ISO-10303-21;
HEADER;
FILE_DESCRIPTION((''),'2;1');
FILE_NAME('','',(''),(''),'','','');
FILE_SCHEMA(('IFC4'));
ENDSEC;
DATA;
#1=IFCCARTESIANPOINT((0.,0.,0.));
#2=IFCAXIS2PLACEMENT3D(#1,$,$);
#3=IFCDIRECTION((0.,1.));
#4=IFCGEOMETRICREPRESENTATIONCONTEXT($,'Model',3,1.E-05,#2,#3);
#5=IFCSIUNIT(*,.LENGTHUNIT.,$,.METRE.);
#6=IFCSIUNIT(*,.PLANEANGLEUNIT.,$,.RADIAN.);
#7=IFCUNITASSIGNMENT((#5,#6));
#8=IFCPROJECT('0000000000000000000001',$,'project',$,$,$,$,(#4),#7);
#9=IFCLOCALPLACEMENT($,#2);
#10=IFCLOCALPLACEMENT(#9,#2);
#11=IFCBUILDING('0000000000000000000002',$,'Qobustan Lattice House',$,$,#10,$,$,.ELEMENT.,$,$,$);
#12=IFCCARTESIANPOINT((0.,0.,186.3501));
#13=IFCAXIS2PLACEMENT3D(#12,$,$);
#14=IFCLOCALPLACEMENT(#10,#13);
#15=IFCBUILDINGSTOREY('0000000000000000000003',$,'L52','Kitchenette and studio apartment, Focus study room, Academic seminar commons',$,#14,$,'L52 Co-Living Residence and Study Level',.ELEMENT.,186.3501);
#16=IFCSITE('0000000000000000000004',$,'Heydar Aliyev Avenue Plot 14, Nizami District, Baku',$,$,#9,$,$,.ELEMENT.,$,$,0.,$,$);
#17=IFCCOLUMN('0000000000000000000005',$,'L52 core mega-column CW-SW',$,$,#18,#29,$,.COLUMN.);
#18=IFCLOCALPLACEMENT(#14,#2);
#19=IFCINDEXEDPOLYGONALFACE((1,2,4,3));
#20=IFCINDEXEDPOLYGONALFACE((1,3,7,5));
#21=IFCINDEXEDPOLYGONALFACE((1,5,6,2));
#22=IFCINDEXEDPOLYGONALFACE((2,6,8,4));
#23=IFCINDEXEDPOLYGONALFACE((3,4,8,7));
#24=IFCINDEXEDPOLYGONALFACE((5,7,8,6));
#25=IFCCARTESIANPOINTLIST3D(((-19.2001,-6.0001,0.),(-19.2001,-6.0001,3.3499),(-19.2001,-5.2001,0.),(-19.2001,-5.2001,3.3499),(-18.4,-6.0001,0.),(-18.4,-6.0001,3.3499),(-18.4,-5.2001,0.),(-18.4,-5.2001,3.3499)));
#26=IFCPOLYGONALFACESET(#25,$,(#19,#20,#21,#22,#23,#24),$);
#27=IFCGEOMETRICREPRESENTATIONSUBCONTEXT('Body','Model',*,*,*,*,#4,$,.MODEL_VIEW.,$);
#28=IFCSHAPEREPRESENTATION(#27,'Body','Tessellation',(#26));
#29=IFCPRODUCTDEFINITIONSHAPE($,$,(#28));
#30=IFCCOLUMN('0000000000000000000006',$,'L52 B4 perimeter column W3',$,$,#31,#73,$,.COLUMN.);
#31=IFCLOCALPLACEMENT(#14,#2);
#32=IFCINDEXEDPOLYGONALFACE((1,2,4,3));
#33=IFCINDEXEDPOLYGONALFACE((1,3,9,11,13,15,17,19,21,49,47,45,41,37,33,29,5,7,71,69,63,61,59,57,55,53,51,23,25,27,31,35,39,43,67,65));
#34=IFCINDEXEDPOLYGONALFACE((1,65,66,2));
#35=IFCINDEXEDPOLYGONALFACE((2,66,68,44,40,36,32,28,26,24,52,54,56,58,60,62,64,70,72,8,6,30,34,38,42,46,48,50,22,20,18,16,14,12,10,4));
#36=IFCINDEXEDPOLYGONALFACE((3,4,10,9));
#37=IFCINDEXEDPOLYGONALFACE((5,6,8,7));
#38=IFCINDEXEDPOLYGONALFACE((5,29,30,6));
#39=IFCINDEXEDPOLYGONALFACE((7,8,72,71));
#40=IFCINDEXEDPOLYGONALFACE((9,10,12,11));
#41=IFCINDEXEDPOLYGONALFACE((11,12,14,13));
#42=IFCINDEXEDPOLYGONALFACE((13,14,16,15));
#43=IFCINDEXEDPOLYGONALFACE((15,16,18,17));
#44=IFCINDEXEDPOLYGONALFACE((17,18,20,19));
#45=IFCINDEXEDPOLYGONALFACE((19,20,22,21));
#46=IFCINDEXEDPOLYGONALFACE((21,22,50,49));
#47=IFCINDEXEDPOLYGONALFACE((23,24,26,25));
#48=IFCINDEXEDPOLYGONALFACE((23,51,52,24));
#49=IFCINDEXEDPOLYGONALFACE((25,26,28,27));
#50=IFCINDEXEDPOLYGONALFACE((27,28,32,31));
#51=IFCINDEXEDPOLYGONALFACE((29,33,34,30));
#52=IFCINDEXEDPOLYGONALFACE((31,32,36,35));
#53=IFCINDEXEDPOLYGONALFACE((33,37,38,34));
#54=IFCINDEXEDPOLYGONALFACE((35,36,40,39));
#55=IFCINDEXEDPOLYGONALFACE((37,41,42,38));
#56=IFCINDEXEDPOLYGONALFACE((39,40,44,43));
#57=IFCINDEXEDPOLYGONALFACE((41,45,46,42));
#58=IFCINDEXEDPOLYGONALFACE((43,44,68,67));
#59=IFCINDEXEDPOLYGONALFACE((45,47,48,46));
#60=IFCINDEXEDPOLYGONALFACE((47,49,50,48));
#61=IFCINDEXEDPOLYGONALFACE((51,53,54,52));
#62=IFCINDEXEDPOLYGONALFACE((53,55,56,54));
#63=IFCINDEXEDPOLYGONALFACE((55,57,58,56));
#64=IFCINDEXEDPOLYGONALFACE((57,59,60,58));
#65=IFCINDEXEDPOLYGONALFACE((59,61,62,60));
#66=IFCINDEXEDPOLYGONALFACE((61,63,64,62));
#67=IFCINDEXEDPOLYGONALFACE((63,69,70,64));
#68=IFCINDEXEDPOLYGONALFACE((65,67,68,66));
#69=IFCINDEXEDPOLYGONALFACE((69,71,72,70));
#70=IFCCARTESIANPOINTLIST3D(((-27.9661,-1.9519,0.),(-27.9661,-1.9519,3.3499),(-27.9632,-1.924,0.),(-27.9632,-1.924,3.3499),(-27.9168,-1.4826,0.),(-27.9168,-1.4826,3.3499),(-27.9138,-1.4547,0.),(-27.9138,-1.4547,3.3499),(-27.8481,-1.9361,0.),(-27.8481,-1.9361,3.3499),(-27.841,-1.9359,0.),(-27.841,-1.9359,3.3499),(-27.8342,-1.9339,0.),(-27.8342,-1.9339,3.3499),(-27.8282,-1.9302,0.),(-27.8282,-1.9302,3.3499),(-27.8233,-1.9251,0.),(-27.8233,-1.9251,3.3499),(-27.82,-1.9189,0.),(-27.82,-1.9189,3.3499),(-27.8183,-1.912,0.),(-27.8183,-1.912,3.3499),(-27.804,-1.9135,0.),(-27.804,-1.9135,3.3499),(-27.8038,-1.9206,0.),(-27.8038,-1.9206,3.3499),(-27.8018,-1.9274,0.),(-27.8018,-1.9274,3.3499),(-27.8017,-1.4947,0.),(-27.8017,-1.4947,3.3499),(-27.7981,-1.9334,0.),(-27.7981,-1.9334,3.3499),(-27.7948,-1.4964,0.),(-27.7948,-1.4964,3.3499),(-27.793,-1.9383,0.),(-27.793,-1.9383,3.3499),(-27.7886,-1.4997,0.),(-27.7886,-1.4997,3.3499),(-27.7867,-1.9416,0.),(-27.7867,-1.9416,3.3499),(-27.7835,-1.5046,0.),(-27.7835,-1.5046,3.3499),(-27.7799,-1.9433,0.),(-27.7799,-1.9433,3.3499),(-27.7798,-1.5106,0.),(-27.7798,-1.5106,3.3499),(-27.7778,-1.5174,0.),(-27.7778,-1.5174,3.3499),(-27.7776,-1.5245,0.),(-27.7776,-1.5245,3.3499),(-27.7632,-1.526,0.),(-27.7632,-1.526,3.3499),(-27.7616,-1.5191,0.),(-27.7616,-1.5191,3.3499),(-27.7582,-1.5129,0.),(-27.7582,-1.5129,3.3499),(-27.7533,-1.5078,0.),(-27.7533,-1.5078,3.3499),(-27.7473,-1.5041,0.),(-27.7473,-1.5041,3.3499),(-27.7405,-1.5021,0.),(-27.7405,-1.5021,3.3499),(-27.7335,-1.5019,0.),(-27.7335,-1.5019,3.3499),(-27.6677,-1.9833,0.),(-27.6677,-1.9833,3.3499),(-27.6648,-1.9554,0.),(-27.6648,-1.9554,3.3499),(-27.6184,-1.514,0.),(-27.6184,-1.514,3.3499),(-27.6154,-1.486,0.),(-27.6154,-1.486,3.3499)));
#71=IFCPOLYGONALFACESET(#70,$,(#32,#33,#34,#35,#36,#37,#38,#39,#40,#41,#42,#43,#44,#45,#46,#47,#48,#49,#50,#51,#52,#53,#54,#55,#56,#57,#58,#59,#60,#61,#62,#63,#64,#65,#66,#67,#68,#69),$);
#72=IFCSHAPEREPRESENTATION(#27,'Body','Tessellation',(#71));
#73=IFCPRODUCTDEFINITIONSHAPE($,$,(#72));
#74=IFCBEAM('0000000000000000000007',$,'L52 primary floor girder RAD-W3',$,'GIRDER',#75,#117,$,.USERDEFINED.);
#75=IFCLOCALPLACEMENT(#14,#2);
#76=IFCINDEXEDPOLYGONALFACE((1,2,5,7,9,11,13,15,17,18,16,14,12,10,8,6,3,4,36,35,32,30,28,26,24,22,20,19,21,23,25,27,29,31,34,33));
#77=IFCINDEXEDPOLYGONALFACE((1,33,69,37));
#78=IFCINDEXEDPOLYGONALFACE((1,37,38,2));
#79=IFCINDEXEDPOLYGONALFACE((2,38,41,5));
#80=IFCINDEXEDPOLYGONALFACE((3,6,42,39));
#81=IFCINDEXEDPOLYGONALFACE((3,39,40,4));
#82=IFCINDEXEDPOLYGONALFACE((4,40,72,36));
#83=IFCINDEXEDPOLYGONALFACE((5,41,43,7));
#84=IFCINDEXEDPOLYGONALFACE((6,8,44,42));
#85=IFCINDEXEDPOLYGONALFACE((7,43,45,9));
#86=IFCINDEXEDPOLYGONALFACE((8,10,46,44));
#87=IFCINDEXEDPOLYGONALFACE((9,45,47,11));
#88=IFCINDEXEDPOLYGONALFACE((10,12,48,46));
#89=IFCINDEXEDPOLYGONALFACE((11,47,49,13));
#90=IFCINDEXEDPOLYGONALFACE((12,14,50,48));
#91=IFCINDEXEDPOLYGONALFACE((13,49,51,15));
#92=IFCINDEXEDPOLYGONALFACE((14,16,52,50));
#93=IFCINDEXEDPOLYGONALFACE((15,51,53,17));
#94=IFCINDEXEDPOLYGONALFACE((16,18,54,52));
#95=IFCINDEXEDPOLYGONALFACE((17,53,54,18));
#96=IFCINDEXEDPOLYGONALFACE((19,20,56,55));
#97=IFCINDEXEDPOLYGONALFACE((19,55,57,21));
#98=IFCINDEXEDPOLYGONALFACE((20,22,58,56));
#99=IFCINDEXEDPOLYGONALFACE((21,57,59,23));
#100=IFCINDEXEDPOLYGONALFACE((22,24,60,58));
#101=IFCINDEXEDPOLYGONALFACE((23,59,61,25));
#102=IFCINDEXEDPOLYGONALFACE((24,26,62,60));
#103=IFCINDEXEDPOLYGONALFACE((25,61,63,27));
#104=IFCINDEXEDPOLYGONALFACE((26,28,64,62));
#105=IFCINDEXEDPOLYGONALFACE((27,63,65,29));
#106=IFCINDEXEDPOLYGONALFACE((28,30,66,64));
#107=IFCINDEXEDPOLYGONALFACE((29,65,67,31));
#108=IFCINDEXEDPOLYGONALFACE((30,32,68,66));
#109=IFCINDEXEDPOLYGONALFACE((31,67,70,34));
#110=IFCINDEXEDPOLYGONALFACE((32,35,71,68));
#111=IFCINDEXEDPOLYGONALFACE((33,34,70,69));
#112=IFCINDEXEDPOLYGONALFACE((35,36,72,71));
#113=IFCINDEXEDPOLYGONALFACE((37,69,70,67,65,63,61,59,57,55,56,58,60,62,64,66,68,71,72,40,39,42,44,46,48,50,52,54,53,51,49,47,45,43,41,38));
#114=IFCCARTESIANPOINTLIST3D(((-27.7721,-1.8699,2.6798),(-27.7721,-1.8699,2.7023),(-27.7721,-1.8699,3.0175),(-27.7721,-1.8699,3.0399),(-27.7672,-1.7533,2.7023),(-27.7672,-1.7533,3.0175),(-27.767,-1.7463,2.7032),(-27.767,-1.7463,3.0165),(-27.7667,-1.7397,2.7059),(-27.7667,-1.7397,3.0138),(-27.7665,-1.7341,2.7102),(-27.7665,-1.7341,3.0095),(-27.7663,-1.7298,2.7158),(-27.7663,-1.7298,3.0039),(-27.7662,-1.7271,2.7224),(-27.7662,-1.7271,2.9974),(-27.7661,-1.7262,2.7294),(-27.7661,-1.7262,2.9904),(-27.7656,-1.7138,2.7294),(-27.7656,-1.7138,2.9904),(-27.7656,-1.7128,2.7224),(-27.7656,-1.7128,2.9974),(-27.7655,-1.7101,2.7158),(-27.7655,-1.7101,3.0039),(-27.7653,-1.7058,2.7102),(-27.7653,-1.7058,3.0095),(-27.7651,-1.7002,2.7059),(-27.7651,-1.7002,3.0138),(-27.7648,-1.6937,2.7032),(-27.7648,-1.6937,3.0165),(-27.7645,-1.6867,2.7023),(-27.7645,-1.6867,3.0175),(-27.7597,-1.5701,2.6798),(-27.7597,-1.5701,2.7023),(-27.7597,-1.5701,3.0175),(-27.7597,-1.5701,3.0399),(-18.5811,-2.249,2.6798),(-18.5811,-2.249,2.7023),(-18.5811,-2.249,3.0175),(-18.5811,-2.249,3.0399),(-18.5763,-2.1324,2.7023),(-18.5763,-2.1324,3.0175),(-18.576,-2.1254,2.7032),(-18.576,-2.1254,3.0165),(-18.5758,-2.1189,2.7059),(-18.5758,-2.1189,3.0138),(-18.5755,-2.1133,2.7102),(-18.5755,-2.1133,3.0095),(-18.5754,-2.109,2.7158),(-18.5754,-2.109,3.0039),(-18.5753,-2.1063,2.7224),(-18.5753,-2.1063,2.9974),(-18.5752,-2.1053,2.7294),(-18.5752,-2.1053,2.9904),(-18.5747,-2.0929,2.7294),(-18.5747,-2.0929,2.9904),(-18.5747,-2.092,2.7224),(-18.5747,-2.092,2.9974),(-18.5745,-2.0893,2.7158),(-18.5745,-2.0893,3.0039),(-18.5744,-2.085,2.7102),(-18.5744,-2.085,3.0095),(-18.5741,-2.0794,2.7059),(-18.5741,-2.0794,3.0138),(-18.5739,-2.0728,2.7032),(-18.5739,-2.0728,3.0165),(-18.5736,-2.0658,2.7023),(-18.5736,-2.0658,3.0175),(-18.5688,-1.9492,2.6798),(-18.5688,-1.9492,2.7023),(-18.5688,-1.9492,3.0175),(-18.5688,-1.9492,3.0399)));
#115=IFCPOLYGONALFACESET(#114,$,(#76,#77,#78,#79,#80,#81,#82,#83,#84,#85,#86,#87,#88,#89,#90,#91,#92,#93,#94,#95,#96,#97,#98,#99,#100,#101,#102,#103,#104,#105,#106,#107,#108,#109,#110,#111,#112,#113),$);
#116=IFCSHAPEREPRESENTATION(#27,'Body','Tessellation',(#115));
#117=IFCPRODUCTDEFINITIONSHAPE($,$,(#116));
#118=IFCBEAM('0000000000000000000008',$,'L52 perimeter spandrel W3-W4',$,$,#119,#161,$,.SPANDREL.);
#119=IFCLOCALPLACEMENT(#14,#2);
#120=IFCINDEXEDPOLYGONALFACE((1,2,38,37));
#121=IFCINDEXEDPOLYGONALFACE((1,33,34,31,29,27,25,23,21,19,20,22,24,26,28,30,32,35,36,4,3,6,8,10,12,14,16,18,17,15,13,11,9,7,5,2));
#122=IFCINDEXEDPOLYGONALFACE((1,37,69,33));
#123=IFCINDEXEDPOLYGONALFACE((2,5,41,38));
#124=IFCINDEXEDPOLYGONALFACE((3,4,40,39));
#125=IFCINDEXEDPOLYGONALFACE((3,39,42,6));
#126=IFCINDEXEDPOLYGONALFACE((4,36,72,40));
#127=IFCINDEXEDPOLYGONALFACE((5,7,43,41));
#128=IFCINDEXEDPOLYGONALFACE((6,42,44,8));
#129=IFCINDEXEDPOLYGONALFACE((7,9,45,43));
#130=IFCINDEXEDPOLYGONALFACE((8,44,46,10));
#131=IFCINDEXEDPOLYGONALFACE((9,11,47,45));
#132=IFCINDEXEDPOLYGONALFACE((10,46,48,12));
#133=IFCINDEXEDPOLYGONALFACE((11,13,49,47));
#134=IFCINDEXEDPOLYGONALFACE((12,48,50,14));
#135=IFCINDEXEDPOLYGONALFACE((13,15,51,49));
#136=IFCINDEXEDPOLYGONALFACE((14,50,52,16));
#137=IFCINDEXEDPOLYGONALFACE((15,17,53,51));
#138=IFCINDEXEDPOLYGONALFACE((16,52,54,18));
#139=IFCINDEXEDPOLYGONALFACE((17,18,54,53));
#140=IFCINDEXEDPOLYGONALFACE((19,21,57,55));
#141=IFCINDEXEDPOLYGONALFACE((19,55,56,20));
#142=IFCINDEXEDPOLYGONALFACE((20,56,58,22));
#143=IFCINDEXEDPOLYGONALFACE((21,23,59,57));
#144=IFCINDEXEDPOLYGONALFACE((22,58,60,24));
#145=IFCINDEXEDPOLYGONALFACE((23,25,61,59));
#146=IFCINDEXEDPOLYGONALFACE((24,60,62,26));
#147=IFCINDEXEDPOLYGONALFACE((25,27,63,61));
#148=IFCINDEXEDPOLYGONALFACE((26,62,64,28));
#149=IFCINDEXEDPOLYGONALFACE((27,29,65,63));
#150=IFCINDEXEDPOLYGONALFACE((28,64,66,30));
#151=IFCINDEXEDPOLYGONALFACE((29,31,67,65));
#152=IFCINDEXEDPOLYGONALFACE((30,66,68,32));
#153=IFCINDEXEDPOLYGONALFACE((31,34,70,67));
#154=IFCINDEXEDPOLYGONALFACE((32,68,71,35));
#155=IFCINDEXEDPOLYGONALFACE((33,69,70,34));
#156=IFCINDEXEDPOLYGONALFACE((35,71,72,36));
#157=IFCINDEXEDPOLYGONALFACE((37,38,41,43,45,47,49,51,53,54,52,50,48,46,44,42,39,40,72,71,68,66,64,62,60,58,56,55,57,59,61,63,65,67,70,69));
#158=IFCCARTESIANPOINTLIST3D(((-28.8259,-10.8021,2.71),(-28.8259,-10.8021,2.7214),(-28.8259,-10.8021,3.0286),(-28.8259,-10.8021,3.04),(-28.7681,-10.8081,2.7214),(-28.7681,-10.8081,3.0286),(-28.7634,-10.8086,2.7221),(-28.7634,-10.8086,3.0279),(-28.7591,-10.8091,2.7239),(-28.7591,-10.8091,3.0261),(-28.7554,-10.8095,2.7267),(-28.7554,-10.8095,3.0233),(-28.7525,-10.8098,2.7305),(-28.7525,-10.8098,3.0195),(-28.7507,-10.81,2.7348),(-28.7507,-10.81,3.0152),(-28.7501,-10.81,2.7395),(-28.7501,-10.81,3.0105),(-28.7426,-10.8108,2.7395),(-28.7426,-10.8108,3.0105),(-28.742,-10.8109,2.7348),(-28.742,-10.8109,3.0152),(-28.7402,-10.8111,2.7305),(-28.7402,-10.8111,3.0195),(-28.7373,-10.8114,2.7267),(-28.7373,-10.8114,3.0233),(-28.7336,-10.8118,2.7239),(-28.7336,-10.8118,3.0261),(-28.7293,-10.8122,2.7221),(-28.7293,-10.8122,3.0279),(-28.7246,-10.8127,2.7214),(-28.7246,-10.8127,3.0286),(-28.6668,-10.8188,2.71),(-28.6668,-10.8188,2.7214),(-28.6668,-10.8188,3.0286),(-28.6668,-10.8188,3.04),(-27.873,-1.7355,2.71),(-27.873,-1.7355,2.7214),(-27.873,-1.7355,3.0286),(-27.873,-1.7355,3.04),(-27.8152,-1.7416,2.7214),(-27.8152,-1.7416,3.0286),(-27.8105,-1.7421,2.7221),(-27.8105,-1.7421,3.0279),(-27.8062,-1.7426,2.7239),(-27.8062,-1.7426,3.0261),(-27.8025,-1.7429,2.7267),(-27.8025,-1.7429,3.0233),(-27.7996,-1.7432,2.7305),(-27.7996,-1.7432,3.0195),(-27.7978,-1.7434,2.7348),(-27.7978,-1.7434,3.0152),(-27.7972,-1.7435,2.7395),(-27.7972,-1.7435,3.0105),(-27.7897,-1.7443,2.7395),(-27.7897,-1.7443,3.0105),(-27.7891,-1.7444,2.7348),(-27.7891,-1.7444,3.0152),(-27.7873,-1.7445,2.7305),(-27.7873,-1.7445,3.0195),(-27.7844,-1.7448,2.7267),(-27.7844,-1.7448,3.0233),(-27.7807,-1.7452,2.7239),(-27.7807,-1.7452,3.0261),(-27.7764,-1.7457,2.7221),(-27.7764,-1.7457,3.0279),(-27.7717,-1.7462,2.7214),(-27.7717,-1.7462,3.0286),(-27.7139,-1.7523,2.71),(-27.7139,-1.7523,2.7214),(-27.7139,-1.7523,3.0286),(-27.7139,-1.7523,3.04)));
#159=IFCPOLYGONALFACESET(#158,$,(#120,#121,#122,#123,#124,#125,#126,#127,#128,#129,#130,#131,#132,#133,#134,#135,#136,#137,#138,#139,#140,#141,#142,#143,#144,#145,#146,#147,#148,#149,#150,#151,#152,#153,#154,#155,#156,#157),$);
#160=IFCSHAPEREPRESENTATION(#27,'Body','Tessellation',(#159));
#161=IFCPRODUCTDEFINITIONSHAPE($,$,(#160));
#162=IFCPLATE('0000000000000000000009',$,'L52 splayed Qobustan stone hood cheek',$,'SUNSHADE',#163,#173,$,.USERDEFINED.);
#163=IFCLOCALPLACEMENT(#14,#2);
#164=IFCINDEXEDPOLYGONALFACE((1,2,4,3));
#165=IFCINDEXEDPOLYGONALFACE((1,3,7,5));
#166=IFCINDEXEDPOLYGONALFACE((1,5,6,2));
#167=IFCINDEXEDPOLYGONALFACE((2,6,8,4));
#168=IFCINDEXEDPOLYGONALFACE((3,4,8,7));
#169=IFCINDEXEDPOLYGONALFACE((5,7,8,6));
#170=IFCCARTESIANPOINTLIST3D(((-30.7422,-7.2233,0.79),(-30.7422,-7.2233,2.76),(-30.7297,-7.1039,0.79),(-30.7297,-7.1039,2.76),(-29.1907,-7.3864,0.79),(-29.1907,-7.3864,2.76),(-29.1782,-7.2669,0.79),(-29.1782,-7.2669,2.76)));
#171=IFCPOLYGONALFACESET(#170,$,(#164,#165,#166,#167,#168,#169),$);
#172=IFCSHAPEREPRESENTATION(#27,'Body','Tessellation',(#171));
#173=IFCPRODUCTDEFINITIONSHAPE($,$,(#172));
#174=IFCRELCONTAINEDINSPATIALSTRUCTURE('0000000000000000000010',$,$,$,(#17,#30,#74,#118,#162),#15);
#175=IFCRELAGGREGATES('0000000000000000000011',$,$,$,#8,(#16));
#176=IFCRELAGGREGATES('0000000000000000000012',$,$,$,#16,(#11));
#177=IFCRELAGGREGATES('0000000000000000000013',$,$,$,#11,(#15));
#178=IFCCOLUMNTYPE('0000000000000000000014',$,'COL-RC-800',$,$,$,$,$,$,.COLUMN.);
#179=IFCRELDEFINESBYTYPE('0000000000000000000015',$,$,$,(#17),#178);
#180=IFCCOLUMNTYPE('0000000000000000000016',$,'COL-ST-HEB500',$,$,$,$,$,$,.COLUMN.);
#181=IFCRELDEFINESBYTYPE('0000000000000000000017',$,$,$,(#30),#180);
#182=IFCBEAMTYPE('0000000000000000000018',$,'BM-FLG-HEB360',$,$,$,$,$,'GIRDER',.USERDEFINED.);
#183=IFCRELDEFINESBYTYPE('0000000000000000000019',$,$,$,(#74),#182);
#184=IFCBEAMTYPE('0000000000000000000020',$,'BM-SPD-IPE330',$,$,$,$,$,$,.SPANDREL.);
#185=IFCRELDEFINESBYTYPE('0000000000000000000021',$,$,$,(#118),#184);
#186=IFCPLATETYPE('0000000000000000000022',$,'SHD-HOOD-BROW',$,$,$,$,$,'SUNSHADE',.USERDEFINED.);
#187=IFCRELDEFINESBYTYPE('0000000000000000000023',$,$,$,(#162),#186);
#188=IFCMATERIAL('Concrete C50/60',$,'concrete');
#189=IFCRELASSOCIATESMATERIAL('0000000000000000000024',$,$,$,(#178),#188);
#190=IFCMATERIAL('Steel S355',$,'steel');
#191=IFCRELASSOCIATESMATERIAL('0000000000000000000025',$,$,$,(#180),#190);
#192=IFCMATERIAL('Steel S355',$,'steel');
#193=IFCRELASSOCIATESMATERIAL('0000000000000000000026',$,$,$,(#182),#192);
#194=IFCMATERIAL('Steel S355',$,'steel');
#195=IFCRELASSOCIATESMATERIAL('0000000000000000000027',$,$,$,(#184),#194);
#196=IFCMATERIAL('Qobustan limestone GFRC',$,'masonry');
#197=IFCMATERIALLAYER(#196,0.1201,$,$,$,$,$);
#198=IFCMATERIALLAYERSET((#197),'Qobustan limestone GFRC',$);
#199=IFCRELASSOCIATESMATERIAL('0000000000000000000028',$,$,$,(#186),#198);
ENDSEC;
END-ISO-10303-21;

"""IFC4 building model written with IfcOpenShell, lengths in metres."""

from ifc_helpers import new_model, si_unit, direction, frame, origin, origin_2d, place, context, subcontext, project, spatial, rectangle, i_section, extrude, material, layer, layer_set, material_profile, profile_set, type_object, element, save


model = new_model("IFC4")

# Units and contexts
model_context = context("Model", 3, precision=1e-05, world=origin(), true_north=direction((0.0, 1.0)))
body_context = subcontext(model_context, "Body", "Model", "MODEL_VIEW")
ifc_project = project(units=[si_unit("LENGTHUNIT", "METRE"), si_unit("PLANEANGLEUNIT", "RADIAN")], contexts=[model_context])

# Site, building, storey
site_placement = place(None, origin())
site = spatial("IfcSite", under=ifc_project, at=site_placement, Name="Heydar Aliyev Avenue Plot 14, Nizami District, Baku", CompositionType="ELEMENT", RefElevation=0.0)
building_placement = place(site_placement, origin())
building = spatial("IfcBuilding", under=site, at=building_placement, Name="Qobustan Lattice House", CompositionType="ELEMENT")
storey_placement = place(building_placement, frame((0.0, 0.0, 186.3501)))
storey = spatial("IfcBuildingStorey", under=building, at=storey_placement, Name="L52", Description="Kitchenette and studio apartment, Focus study room, Academic seminar commons", LongName="L52 Co-Living Residence and Study Level", CompositionType="ELEMENT", Elevation=186.3501)

# Columns
ifc_material_1 = material(Name="Concrete C50/60", Category="concrete")
ifc_material_profile_1 = material_profile(ifc_material_1, rectangle(XDim=0.8, YDim=0.8, at=origin_2d()), Name="RC800x800")
ifc_profile_set_1 = profile_set([ifc_material_profile_1], Name="Concrete C50/60")
column_type_1 = type_object("IfcColumnType", Name="COL-RC-800", PredefinedType="COLUMN", material=ifc_profile_set_1)
column_1_placement = place(storey_placement, frame((-18.8, -5.6001, 0.0), z_axis=(0.0, 0.0, 1.0), x_axis=(1.0, 0.0, 0.0)))
element("IfcColumn", 1, at=column_1_placement, inside=storey, type_object=column_type_1, Name="L52 core mega-column CW-SW", PredefinedType="COLUMN", context=body_context, shape_type="SweptSolid", body=[
    extrude(rectangle(XDim=0.8, YDim=0.8, at=origin_2d()), origin(), (0.0, 0.0, 1.0), 3.3499),
])
ifc_material_2 = material(Name="Steel S355", Category="steel")
ifc_material_profile_2 = material_profile(ifc_material_2, i_section(OverallWidth=0.3, OverallDepth=0.5, WebThickness=0.0144, FlangeThickness=0.0281, FilletRadius=0.0271, at=origin_2d()), Name="HEB500")
ifc_profile_set_2 = profile_set([ifc_material_profile_2], Name="Steel S355")
column_type_2 = type_object("IfcColumnType", Name="COL-ST-HEB500", PredefinedType="COLUMN", material=ifc_profile_set_2)
column_2_placement = place(storey_placement, frame((-27.7908, -1.719, 0.0), z_axis=(0.0, 0.0, 1.0), x_axis=(0.994522, -0.104528, 0.0)))
element("IfcColumn", 2, at=column_2_placement, inside=storey, type_object=column_type_2, Name="L52 B4 perimeter column W3", PredefinedType="COLUMN", context=body_context, shape_type="SweptSolid", body=[
    extrude(i_section(OverallWidth=0.3, OverallDepth=0.5, WebThickness=0.0144, FlangeThickness=0.0281, FilletRadius=0.0271, at=origin_2d()), origin(), (0.0, 0.0, 1.0), 3.3499),
])

# Beams
ifc_material_3 = material(Name="Steel S355", Category="steel")
ifc_material_profile_3 = material_profile(ifc_material_3, i_section(OverallWidth=0.3, OverallDepth=0.3601, WebThickness=0.0125, FlangeThickness=0.0225, FilletRadius=0.0271, at=origin_2d()), Name="HEB360")
ifc_profile_set_3 = profile_set([ifc_material_profile_3], Name="Steel S355")
beam_type_1 = type_object("IfcBeamType", Name="BM-FLG-HEB360", ElementType="GIRDER", PredefinedType="USERDEFINED", material=ifc_profile_set_3)
beam_1_placement = place(storey_placement, frame((-27.7659, -1.72, 2.8599), z_axis=(0.99915, -0.041218, 0.0), x_axis=(0.041218, 0.99915, 0.0)))
element("IfcBeam", 3, at=beam_1_placement, inside=storey, type_object=beam_type_1, Name="L52 primary floor girder RAD-W3", ObjectType="GIRDER", PredefinedType="USERDEFINED", context=body_context, shape_type="SweptSolid", body=[
    extrude(i_section(OverallWidth=0.3, OverallDepth=0.3601, WebThickness=0.0125, FlangeThickness=0.0225, FilletRadius=0.0271, at=origin_2d()), origin(), (0.0, 0.0, 1.0), 9.1987),
])
ifc_material_4 = material(Name="Steel S355", Category="steel")
ifc_material_profile_4 = material_profile(ifc_material_4, i_section(OverallWidth=0.1599, OverallDepth=0.3301, WebThickness=0.0076, FlangeThickness=0.0115, FilletRadius=0.0181, at=origin_2d()), Name="IPE330")
ifc_profile_set_4 = profile_set([ifc_material_profile_4], Name="Steel S355")
beam_type_2 = type_object("IfcBeamType", Name="BM-SPD-IPE330", PredefinedType="SPANDREL", material=ifc_profile_set_4)
beam_2_placement = place(storey_placement, frame((-27.7935, -1.7439, 2.875), z_axis=(-0.104524, -0.994522, 0.0), x_axis=(0.994522, -0.104524, 0.0)))
element("IfcBeam", 4, at=beam_2_placement, inside=storey, type_object=beam_type_2, Name="L52 perimeter spandrel W3-W4", PredefinedType="SPANDREL", context=body_context, shape_type="SweptSolid", body=[
    extrude(i_section(OverallWidth=0.1599, OverallDepth=0.3301, WebThickness=0.0076, FlangeThickness=0.0115, FilletRadius=0.0181, at=origin_2d()), origin(), (0.0, 0.0, 1.0), 9.1165),
])

# Plate
ifc_material_5 = material(Name="Qobustan limestone GFRC", Category="masonry")
ifc_layer_1 = layer(ifc_material_5, 0.1201)
ifc_layer_set_1 = layer_set([ifc_layer_1], Name="Qobustan limestone GFRC")
plate_type = type_object("IfcPlateType", Name="SHD-HOOD-BROW", ElementType="SUNSHADE", PredefinedType="USERDEFINED", material=ifc_layer_set_1)
plate_placement = place(storey_placement, frame((-29.9602, -7.2451, 0.79), z_axis=(0.0, 0.0, 1.0), x_axis=(0.104528, 0.994522, 0.0)))
element("IfcPlate", 5, at=plate_placement, inside=storey, type_object=plate_type, Name="L52 splayed Qobustan stone hood cheek", ObjectType="SUNSHADE", PredefinedType="USERDEFINED", context=body_context, shape_type="SweptSolid", body=[
    extrude(rectangle(XDim=0.1201, YDim=1.5601, at=origin_2d()), origin(), (0.0, 0.0, 1.0), 1.97),
])

save(model, "model.ifc")
